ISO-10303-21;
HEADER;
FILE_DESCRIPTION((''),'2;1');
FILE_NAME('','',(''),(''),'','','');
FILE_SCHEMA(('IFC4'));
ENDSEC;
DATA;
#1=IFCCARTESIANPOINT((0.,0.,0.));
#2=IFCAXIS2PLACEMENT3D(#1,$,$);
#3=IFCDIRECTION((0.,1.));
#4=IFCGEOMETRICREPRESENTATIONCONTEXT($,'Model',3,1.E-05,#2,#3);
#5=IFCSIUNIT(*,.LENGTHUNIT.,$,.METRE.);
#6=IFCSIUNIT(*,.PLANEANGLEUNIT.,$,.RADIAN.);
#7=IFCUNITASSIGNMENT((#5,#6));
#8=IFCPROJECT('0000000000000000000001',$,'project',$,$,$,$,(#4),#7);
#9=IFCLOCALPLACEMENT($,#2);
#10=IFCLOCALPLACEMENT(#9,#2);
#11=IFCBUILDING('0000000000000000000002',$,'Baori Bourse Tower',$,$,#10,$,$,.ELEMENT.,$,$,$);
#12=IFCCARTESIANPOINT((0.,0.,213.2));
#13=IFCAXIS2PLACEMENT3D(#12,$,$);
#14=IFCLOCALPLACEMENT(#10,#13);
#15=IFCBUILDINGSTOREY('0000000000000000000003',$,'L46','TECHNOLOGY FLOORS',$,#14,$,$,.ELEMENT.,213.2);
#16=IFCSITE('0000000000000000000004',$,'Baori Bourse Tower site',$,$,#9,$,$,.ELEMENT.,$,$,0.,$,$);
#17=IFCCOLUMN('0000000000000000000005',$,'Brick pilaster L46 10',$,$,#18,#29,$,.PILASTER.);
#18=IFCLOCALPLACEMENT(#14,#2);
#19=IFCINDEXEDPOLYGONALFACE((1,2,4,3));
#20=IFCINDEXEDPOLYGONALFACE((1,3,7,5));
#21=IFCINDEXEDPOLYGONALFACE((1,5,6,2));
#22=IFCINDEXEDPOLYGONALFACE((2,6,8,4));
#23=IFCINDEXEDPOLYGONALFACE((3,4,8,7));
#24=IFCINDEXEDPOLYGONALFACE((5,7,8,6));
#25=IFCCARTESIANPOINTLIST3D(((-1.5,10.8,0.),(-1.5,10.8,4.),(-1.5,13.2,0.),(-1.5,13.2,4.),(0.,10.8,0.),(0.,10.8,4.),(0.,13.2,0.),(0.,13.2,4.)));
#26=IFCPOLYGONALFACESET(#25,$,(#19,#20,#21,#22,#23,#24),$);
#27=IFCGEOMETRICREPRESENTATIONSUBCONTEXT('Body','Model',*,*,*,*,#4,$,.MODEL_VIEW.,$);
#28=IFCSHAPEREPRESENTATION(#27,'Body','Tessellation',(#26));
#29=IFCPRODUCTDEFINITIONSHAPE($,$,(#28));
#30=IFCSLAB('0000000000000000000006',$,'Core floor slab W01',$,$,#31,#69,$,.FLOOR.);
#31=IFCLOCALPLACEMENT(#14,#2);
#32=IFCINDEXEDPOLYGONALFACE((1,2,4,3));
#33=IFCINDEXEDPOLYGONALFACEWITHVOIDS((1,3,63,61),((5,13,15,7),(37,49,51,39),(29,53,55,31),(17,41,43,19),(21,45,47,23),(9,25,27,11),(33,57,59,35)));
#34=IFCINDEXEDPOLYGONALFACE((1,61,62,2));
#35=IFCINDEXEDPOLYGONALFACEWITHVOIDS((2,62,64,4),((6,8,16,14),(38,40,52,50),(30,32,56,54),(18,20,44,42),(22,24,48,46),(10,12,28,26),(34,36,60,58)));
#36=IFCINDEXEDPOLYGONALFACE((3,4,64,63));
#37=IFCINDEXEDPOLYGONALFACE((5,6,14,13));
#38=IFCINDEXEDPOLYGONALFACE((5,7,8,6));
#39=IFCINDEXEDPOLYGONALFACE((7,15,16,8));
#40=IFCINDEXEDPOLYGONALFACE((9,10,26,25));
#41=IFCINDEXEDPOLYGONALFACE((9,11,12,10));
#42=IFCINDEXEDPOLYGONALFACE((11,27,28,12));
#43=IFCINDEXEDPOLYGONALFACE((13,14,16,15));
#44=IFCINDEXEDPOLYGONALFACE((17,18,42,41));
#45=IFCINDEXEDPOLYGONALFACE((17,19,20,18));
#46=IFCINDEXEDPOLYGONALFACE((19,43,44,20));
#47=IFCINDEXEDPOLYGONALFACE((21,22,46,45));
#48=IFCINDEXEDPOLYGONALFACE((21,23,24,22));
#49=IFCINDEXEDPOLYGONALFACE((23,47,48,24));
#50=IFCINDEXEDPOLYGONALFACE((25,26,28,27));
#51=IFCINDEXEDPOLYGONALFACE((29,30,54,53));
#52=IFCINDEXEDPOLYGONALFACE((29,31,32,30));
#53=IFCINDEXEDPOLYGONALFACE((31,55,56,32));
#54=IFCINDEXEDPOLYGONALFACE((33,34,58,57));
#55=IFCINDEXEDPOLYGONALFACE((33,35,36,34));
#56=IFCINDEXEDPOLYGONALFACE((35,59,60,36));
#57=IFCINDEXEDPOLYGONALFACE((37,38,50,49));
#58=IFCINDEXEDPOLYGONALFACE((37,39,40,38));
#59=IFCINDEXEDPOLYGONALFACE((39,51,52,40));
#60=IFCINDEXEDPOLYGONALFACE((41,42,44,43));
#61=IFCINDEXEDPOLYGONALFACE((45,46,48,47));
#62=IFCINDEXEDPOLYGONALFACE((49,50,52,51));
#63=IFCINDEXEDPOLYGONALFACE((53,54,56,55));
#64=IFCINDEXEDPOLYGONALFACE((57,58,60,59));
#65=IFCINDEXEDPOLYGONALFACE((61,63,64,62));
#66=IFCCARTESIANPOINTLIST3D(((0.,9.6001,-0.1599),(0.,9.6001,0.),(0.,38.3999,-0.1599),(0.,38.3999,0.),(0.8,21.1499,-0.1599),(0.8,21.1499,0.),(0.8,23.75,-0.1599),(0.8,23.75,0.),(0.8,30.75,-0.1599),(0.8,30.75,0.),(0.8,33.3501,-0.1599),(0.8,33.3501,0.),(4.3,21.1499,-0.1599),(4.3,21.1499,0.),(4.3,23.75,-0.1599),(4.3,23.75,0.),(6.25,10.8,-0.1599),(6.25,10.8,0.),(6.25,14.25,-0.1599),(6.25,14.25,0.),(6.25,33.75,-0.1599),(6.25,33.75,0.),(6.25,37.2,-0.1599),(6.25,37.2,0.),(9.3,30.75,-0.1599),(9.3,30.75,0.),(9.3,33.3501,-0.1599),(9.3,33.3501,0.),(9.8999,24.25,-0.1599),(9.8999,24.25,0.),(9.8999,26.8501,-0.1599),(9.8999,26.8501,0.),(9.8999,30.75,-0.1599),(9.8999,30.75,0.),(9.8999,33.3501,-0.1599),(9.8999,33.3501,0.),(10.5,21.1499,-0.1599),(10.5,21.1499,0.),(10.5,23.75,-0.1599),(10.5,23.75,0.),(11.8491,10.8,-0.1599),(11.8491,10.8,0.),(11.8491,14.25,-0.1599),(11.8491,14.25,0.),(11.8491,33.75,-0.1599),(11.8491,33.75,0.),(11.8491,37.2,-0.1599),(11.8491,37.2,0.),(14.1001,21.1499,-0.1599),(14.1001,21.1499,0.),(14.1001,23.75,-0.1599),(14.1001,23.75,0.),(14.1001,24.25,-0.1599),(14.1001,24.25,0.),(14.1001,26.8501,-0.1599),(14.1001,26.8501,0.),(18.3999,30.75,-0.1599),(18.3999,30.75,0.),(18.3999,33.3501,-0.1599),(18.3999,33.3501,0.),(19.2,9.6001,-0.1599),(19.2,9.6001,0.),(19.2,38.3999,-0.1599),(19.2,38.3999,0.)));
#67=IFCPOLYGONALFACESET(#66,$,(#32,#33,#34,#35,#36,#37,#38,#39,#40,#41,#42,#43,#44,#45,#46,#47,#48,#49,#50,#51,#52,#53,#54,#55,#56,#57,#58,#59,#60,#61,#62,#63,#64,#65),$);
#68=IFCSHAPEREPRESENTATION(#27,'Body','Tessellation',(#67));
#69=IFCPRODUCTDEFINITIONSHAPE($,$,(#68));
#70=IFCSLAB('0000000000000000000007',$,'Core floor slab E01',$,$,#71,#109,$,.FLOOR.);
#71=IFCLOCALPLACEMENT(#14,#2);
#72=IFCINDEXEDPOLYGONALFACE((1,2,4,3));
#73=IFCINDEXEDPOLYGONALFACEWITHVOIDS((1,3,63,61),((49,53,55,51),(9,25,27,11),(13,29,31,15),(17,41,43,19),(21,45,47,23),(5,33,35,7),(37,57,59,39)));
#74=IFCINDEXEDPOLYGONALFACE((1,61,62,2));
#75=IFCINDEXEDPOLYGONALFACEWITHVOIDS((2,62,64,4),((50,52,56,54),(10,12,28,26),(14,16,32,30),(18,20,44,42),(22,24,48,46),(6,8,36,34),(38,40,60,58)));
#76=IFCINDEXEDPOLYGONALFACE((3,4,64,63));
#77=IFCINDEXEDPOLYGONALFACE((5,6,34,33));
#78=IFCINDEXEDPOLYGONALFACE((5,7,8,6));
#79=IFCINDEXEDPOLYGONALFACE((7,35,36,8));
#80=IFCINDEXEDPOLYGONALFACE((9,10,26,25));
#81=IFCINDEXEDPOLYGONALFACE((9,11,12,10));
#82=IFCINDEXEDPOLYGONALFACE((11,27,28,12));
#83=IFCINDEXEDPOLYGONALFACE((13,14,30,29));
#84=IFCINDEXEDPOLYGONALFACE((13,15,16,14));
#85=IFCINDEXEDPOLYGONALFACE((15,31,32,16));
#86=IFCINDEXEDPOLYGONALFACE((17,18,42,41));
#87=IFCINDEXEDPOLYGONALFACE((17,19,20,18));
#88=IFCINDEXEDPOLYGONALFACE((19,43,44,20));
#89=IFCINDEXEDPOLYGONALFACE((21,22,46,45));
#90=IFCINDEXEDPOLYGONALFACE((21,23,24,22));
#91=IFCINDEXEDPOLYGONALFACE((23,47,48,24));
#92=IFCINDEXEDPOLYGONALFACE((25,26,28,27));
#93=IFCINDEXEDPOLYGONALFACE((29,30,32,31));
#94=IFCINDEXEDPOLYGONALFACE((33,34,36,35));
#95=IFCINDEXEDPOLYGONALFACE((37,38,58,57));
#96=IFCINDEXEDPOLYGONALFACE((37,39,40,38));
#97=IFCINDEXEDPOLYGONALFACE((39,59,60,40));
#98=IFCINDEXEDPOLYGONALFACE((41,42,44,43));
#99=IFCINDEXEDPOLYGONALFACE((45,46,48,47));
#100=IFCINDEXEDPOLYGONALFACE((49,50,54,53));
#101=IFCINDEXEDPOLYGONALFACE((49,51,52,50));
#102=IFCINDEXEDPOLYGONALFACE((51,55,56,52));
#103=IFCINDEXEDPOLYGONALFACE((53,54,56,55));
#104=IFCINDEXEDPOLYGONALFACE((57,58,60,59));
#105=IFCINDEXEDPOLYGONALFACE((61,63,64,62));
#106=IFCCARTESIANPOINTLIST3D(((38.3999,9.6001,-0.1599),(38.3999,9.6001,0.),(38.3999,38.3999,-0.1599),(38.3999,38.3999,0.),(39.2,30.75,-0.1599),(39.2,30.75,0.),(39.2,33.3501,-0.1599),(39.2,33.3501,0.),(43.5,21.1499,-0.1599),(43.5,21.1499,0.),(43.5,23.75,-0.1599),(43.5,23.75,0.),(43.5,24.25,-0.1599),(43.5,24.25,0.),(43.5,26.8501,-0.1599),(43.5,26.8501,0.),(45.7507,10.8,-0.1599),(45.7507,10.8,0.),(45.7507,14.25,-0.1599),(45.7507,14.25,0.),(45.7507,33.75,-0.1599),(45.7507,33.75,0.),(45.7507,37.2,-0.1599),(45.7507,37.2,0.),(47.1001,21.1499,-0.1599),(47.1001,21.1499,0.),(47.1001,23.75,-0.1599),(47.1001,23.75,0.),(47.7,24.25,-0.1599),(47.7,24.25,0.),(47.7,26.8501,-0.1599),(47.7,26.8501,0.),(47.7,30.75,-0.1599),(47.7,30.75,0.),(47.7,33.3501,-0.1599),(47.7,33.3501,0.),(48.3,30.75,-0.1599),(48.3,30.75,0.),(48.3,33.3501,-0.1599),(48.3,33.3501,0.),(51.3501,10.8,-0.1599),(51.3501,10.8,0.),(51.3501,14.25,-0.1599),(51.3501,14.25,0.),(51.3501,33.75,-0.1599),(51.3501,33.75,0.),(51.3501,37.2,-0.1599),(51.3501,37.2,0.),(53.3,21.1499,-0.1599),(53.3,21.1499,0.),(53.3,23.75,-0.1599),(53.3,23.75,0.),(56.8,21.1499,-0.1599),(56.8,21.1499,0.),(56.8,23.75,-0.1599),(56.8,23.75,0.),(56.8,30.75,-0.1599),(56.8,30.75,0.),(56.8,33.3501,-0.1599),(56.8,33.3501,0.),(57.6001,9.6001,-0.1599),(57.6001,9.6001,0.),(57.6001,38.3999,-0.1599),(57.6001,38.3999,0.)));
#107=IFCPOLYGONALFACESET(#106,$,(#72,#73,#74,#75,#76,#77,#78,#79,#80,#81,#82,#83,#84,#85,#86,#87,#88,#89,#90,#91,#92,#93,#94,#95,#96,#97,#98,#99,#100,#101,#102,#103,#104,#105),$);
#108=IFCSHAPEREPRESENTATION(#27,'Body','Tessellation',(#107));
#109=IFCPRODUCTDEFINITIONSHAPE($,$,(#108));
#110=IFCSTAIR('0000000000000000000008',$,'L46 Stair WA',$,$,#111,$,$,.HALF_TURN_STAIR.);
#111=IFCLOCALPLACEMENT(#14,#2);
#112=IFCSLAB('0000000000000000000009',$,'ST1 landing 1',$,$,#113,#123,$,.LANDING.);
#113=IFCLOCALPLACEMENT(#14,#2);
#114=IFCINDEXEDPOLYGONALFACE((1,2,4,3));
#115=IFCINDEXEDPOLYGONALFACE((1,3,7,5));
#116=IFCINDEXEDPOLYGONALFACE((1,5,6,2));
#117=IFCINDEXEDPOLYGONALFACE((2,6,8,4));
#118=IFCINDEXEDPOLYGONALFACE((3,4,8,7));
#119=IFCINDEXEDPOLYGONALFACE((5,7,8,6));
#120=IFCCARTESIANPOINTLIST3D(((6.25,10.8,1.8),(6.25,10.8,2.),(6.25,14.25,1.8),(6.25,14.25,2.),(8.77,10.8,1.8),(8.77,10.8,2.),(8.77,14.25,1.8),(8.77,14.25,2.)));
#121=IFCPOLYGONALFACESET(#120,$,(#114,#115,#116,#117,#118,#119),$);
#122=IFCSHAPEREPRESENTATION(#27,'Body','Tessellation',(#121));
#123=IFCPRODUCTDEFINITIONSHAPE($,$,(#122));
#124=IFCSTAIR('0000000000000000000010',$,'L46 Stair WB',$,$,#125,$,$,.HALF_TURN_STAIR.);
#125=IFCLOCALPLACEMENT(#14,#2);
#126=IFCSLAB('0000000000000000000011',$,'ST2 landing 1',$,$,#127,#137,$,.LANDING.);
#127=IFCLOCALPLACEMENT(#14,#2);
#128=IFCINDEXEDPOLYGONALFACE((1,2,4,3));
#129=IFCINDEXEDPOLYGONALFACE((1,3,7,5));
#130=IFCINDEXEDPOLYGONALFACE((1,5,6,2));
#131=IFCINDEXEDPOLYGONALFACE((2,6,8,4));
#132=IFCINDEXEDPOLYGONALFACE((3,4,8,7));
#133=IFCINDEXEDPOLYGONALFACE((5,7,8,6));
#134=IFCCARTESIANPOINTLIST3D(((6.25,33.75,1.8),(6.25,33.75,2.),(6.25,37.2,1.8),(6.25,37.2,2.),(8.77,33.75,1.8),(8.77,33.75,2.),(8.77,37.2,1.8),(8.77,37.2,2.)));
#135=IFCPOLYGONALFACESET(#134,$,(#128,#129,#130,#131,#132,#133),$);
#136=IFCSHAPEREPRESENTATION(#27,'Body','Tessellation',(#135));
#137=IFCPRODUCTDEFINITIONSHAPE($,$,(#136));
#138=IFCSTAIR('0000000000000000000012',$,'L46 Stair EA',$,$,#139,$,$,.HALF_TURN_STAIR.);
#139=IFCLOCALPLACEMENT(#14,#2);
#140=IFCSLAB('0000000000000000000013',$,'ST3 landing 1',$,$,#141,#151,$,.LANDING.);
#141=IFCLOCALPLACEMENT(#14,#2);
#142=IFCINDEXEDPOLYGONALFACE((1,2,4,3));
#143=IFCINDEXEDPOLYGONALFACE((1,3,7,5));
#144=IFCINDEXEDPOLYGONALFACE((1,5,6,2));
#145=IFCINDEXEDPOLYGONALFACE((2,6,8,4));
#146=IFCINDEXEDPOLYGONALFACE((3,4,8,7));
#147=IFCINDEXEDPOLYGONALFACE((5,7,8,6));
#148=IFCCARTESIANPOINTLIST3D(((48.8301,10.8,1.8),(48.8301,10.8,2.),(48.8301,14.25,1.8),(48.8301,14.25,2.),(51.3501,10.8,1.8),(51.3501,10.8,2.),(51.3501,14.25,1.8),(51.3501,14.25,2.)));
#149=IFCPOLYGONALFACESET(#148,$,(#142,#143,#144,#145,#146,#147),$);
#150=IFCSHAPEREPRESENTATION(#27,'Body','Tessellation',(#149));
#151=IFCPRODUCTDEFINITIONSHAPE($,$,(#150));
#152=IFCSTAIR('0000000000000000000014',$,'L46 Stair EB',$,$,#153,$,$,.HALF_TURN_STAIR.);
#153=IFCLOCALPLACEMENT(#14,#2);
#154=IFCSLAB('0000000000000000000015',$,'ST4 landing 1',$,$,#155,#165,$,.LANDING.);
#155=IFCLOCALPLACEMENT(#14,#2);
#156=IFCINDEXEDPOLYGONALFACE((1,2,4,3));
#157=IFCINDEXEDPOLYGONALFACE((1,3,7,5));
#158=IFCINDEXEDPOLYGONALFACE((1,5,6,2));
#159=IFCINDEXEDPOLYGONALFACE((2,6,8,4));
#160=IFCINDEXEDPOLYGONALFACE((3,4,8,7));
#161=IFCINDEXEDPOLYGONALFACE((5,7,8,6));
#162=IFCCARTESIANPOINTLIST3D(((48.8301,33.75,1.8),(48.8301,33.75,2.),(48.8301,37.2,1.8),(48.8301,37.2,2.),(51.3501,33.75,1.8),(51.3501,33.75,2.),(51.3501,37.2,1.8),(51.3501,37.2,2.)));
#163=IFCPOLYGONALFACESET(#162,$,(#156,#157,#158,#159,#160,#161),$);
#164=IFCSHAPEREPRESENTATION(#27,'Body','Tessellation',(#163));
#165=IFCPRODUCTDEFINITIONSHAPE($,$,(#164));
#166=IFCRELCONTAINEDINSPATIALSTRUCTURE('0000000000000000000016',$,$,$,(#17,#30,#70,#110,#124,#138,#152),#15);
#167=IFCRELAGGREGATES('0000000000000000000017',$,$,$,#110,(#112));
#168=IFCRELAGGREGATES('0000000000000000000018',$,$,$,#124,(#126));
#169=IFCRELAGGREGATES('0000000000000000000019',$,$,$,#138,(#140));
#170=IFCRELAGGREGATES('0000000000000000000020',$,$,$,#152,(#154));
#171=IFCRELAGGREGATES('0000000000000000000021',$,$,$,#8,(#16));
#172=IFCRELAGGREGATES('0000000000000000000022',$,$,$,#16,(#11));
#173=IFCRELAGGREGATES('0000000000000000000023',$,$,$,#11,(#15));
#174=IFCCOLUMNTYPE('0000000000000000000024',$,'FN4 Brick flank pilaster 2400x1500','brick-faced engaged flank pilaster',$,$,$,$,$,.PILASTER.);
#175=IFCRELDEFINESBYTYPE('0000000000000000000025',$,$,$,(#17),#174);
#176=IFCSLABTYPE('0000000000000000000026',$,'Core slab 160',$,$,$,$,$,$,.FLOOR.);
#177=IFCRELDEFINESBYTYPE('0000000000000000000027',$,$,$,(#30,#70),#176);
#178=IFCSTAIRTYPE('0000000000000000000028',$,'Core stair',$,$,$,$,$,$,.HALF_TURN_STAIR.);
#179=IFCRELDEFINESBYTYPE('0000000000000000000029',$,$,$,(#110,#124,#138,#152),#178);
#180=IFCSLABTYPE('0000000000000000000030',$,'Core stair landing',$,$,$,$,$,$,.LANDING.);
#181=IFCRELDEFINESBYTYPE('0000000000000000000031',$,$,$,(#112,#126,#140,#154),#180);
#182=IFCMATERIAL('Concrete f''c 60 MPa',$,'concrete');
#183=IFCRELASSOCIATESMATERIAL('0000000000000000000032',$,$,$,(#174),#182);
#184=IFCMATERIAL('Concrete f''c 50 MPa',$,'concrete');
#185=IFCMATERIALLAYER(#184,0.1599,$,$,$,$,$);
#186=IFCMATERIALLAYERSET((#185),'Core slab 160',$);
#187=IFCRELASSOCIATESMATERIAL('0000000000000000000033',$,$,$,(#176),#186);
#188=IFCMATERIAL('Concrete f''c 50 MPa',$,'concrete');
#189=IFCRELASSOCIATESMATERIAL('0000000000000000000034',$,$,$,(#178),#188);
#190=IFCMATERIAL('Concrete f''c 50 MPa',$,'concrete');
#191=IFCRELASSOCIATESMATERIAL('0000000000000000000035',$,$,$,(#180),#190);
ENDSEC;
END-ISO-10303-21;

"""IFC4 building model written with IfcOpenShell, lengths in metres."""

from ifc_helpers import new_model, si_unit, direction, frame, origin, origin_2d, place, context, subcontext, project, spatial, polyline, rectangle, outline, extrude, material, layer, layer_set, material_profile, profile_set, type_object, element, aggregate, save


model = new_model("IFC4")

# Units and contexts
model_context = context("Model", 3, precision=1e-05, world=origin(), true_north=direction((0.0, 1.0)))
body_context = subcontext(model_context, "Body", "Model", "MODEL_VIEW")
ifc_project = project(units=[si_unit("LENGTHUNIT", "METRE"), si_unit("PLANEANGLEUNIT", "RADIAN")], contexts=[model_context])

# Site, building, storey
site_placement = place(None, origin())
site = spatial("IfcSite", under=ifc_project, at=site_placement, Name="Baori Bourse Tower site", CompositionType="ELEMENT", RefElevation=0.0)
building_placement = place(site_placement, origin())
building = spatial("IfcBuilding", under=site, at=building_placement, Name="Baori Bourse Tower", CompositionType="ELEMENT")
storey_placement = place(building_placement, frame((0.0, 0.0, 213.2)))
storey = spatial("IfcBuildingStorey", under=building, at=storey_placement, Name="L46", Description="TECHNOLOGY FLOORS", CompositionType="ELEMENT", Elevation=213.2)

# Column
ifc_material_1 = material(Name="Concrete f'c 60 MPa", Category="concrete")
ifc_material_profile = material_profile(ifc_material_1, rectangle(XDim=2.3999, YDim=1.5, at=origin_2d()), Name="RC 2400x1500")
ifc_profile_set = profile_set([ifc_material_profile], Name="Concrete f'c 60 MPa")
column_type = type_object("IfcColumnType", Name="FN4 Brick flank pilaster 2400x1500", Description="brick-faced engaged flank pilaster", PredefinedType="PILASTER", material=ifc_profile_set)
column_placement = place(storey_placement, frame((-0.75, 12.0, 0.0), z_axis=(0.0, 0.0, 1.0), x_axis=(0.0, 1.0, 0.0)))
element("IfcColumn", 1, at=column_placement, inside=storey, type_object=column_type, Name="Brick pilaster L46 10", PredefinedType="PILASTER", context=body_context, shape_type="SweptSolid", body=[
    extrude(rectangle(XDim=2.3999, YDim=1.5, at=origin_2d()), origin(), (0.0, 0.0, 1.0), 4.0),
])

# Slabs
ifc_material_2 = material(Name="Concrete f'c 50 MPa", Category="concrete")
ifc_layer_1 = layer(ifc_material_2, 0.1599)
ifc_layer_set_1 = layer_set([ifc_layer_1], Name="Core slab 160")
slab_type_1 = type_object("IfcSlabType", Name="Core slab 160", PredefinedType="FLOOR", material=ifc_layer_set_1)
slab_1_placement = place(storey_placement, frame((0.0, 0.0, -0.1599)))
element("IfcSlab", 2, at=slab_1_placement, inside=storey, type_object=slab_type_1, Name="Core floor slab W01", PredefinedType="FLOOR", context=body_context, shape_type="SweptSolid", body=[
    extrude(outline(polyline([(19.2, 38.3999), (0.0, 38.3999), (0.0, 9.6001), (19.2, 9.6001), (19.2, 38.3999)]), holes=[polyline([(9.8999, 33.3501), (18.3999, 33.3501), (18.3999, 30.75), (9.8999, 30.75), (9.8999, 33.3501)]), polyline([(10.5, 21.1499), (10.5, 23.75), (14.1001, 23.75), (14.1001, 21.1499), (10.5, 21.1499)]), polyline([(14.1001, 24.25), (9.8999, 24.25), (9.8999, 26.8501), (14.1001, 26.8501), (14.1001, 24.25)]), polyline([(6.25, 14.25), (11.8491, 14.25), (11.8491, 10.8), (6.25, 10.8), (6.25, 14.25)]), polyline([(11.8491, 37.2), (11.8491, 33.75), (6.25, 33.75), (6.25, 37.2), (11.8491, 37.2)]), polyline([(0.8, 30.75), (0.8, 33.3501), (9.3, 33.3501), (9.3, 30.75), (0.8, 30.75)]), polyline([(4.3, 23.75), (4.3, 21.1499), (0.8, 21.1499), (0.8, 23.75), (4.3, 23.75)])]), origin(), (0.0, 0.0, 1.0), 0.1599),
])
slab_2_placement = place(storey_placement, frame((0.0, 0.0, -0.1599)))
element("IfcSlab", 3, at=slab_2_placement, inside=storey, type_object=slab_type_1, Name="Core floor slab E01", PredefinedType="FLOOR", context=body_context, shape_type="SweptSolid", body=[
    extrude(outline(polyline([(57.6001, 9.6001), (57.6001, 38.3999), (38.3999, 38.3999), (38.3999, 9.6001), (57.6001, 9.6001)]), holes=[polyline([(48.3, 33.3501), (56.8, 33.3501), (56.8, 30.75), (48.3, 30.75), (48.3, 33.3501)]), polyline([(56.8, 21.1499), (53.3, 21.1499), (53.3, 23.75), (56.8, 23.75), (56.8, 21.1499)]), polyline([(45.7507, 14.25), (51.3501, 14.25), (51.3501, 10.8), (45.7507, 10.8), (45.7507, 14.25)]), polyline([(51.3501, 37.2), (51.3501, 33.75), (45.7507, 33.75), (45.7507, 37.2), (51.3501, 37.2)]), polyline([(43.5, 24.25), (43.5, 26.8501), (47.7, 26.8501), (47.7, 24.25), (43.5, 24.25)]), polyline([(47.7, 33.3501), (47.7, 30.75), (39.2, 30.75), (39.2, 33.3501), (47.7, 33.3501)]), polyline([(43.5, 23.75), (47.1001, 23.75), (47.1001, 21.1499), (43.5, 21.1499), (43.5, 23.75)])]), origin(), (0.0, 0.0, 1.0), 0.1599),
])

# Stairs, slabs
ifc_material_3 = material(Name="Concrete f'c 50 MPa", Category="concrete")
stair_type = type_object("IfcStairType", Name="Core stair", PredefinedType="HALF_TURN_STAIR", material=ifc_material_3)
stair_1_placement = place(storey_placement, origin())
stair_1 = element("IfcStair", 4, at=stair_1_placement, inside=storey, type_object=stair_type, Name="L46 Stair WA", PredefinedType="HALF_TURN_STAIR")
ifc_material_4 = material(Name="Concrete f'c 50 MPa", Category="concrete")
slab_type_2 = type_object("IfcSlabType", Name="Core stair landing", PredefinedType="LANDING", material=ifc_material_4)
slab_3_placement = place(storey_placement, frame((0.0, 0.0, 1.8)))
slab_3 = element("IfcSlab", 5, at=slab_3_placement, type_object=slab_type_2, Name="ST1 landing 1", PredefinedType="LANDING", context=body_context, shape_type="SweptSolid", body=[
    extrude(outline(polyline([(8.77, 14.25), (6.25, 14.25), (6.25, 10.8), (8.77, 10.8), (8.77, 14.25)])), origin(), (0.0, 0.0, 1.0), 0.2),
])
aggregate(stair_1, [slab_3])
stair_2_placement = place(storey_placement, origin())
stair_2 = element("IfcStair", 6, at=stair_2_placement, inside=storey, type_object=stair_type, Name="L46 Stair WB", PredefinedType="HALF_TURN_STAIR")
slab_4_placement = place(storey_placement, frame((0.0, 0.0, 1.8)))
slab_4 = element("IfcSlab", 7, at=slab_4_placement, type_object=slab_type_2, Name="ST2 landing 1", PredefinedType="LANDING", context=body_context, shape_type="SweptSolid", body=[
    extrude(outline(polyline([(8.77, 37.2), (6.25, 37.2), (6.25, 33.75), (8.77, 33.75), (8.77, 37.2)])), origin(), (0.0, 0.0, 1.0), 0.2),
])
aggregate(stair_2, [slab_4])
stair_3_placement = place(storey_placement, origin())
stair_3 = element("IfcStair", 8, at=stair_3_placement, inside=storey, type_object=stair_type, Name="L46 Stair EA", PredefinedType="HALF_TURN_STAIR")
slab_5_placement = place(storey_placement, frame((0.0, 0.0, 1.8)))
slab_5 = element("IfcSlab", 9, at=slab_5_placement, type_object=slab_type_2, Name="ST3 landing 1", PredefinedType="LANDING", context=body_context, shape_type="SweptSolid", body=[
    extrude(outline(polyline([(48.8301, 10.8), (51.3501, 10.8), (51.3501, 14.25), (48.8301, 14.25), (48.8301, 10.8)])), origin(), (0.0, 0.0, 1.0), 0.2),
])
aggregate(stair_3, [slab_5])
stair_4_placement = place(storey_placement, origin())
stair_4 = element("IfcStair", 10, at=stair_4_placement, inside=storey, type_object=stair_type, Name="L46 Stair EB", PredefinedType="HALF_TURN_STAIR")
slab_6_placement = place(storey_placement, frame((0.0, 0.0, 1.8)))
slab_6 = element("IfcSlab", 11, at=slab_6_placement, type_object=slab_type_2, Name="ST4 landing 1", PredefinedType="LANDING", context=body_context, shape_type="SweptSolid", body=[
    extrude(outline(polyline([(48.8301, 33.75), (51.3501, 33.75), (51.3501, 37.2), (48.8301, 37.2), (48.8301, 33.75)])), origin(), (0.0, 0.0, 1.0), 0.2),
])
aggregate(stair_4, [slab_6])

save(model, "model.ifc")
